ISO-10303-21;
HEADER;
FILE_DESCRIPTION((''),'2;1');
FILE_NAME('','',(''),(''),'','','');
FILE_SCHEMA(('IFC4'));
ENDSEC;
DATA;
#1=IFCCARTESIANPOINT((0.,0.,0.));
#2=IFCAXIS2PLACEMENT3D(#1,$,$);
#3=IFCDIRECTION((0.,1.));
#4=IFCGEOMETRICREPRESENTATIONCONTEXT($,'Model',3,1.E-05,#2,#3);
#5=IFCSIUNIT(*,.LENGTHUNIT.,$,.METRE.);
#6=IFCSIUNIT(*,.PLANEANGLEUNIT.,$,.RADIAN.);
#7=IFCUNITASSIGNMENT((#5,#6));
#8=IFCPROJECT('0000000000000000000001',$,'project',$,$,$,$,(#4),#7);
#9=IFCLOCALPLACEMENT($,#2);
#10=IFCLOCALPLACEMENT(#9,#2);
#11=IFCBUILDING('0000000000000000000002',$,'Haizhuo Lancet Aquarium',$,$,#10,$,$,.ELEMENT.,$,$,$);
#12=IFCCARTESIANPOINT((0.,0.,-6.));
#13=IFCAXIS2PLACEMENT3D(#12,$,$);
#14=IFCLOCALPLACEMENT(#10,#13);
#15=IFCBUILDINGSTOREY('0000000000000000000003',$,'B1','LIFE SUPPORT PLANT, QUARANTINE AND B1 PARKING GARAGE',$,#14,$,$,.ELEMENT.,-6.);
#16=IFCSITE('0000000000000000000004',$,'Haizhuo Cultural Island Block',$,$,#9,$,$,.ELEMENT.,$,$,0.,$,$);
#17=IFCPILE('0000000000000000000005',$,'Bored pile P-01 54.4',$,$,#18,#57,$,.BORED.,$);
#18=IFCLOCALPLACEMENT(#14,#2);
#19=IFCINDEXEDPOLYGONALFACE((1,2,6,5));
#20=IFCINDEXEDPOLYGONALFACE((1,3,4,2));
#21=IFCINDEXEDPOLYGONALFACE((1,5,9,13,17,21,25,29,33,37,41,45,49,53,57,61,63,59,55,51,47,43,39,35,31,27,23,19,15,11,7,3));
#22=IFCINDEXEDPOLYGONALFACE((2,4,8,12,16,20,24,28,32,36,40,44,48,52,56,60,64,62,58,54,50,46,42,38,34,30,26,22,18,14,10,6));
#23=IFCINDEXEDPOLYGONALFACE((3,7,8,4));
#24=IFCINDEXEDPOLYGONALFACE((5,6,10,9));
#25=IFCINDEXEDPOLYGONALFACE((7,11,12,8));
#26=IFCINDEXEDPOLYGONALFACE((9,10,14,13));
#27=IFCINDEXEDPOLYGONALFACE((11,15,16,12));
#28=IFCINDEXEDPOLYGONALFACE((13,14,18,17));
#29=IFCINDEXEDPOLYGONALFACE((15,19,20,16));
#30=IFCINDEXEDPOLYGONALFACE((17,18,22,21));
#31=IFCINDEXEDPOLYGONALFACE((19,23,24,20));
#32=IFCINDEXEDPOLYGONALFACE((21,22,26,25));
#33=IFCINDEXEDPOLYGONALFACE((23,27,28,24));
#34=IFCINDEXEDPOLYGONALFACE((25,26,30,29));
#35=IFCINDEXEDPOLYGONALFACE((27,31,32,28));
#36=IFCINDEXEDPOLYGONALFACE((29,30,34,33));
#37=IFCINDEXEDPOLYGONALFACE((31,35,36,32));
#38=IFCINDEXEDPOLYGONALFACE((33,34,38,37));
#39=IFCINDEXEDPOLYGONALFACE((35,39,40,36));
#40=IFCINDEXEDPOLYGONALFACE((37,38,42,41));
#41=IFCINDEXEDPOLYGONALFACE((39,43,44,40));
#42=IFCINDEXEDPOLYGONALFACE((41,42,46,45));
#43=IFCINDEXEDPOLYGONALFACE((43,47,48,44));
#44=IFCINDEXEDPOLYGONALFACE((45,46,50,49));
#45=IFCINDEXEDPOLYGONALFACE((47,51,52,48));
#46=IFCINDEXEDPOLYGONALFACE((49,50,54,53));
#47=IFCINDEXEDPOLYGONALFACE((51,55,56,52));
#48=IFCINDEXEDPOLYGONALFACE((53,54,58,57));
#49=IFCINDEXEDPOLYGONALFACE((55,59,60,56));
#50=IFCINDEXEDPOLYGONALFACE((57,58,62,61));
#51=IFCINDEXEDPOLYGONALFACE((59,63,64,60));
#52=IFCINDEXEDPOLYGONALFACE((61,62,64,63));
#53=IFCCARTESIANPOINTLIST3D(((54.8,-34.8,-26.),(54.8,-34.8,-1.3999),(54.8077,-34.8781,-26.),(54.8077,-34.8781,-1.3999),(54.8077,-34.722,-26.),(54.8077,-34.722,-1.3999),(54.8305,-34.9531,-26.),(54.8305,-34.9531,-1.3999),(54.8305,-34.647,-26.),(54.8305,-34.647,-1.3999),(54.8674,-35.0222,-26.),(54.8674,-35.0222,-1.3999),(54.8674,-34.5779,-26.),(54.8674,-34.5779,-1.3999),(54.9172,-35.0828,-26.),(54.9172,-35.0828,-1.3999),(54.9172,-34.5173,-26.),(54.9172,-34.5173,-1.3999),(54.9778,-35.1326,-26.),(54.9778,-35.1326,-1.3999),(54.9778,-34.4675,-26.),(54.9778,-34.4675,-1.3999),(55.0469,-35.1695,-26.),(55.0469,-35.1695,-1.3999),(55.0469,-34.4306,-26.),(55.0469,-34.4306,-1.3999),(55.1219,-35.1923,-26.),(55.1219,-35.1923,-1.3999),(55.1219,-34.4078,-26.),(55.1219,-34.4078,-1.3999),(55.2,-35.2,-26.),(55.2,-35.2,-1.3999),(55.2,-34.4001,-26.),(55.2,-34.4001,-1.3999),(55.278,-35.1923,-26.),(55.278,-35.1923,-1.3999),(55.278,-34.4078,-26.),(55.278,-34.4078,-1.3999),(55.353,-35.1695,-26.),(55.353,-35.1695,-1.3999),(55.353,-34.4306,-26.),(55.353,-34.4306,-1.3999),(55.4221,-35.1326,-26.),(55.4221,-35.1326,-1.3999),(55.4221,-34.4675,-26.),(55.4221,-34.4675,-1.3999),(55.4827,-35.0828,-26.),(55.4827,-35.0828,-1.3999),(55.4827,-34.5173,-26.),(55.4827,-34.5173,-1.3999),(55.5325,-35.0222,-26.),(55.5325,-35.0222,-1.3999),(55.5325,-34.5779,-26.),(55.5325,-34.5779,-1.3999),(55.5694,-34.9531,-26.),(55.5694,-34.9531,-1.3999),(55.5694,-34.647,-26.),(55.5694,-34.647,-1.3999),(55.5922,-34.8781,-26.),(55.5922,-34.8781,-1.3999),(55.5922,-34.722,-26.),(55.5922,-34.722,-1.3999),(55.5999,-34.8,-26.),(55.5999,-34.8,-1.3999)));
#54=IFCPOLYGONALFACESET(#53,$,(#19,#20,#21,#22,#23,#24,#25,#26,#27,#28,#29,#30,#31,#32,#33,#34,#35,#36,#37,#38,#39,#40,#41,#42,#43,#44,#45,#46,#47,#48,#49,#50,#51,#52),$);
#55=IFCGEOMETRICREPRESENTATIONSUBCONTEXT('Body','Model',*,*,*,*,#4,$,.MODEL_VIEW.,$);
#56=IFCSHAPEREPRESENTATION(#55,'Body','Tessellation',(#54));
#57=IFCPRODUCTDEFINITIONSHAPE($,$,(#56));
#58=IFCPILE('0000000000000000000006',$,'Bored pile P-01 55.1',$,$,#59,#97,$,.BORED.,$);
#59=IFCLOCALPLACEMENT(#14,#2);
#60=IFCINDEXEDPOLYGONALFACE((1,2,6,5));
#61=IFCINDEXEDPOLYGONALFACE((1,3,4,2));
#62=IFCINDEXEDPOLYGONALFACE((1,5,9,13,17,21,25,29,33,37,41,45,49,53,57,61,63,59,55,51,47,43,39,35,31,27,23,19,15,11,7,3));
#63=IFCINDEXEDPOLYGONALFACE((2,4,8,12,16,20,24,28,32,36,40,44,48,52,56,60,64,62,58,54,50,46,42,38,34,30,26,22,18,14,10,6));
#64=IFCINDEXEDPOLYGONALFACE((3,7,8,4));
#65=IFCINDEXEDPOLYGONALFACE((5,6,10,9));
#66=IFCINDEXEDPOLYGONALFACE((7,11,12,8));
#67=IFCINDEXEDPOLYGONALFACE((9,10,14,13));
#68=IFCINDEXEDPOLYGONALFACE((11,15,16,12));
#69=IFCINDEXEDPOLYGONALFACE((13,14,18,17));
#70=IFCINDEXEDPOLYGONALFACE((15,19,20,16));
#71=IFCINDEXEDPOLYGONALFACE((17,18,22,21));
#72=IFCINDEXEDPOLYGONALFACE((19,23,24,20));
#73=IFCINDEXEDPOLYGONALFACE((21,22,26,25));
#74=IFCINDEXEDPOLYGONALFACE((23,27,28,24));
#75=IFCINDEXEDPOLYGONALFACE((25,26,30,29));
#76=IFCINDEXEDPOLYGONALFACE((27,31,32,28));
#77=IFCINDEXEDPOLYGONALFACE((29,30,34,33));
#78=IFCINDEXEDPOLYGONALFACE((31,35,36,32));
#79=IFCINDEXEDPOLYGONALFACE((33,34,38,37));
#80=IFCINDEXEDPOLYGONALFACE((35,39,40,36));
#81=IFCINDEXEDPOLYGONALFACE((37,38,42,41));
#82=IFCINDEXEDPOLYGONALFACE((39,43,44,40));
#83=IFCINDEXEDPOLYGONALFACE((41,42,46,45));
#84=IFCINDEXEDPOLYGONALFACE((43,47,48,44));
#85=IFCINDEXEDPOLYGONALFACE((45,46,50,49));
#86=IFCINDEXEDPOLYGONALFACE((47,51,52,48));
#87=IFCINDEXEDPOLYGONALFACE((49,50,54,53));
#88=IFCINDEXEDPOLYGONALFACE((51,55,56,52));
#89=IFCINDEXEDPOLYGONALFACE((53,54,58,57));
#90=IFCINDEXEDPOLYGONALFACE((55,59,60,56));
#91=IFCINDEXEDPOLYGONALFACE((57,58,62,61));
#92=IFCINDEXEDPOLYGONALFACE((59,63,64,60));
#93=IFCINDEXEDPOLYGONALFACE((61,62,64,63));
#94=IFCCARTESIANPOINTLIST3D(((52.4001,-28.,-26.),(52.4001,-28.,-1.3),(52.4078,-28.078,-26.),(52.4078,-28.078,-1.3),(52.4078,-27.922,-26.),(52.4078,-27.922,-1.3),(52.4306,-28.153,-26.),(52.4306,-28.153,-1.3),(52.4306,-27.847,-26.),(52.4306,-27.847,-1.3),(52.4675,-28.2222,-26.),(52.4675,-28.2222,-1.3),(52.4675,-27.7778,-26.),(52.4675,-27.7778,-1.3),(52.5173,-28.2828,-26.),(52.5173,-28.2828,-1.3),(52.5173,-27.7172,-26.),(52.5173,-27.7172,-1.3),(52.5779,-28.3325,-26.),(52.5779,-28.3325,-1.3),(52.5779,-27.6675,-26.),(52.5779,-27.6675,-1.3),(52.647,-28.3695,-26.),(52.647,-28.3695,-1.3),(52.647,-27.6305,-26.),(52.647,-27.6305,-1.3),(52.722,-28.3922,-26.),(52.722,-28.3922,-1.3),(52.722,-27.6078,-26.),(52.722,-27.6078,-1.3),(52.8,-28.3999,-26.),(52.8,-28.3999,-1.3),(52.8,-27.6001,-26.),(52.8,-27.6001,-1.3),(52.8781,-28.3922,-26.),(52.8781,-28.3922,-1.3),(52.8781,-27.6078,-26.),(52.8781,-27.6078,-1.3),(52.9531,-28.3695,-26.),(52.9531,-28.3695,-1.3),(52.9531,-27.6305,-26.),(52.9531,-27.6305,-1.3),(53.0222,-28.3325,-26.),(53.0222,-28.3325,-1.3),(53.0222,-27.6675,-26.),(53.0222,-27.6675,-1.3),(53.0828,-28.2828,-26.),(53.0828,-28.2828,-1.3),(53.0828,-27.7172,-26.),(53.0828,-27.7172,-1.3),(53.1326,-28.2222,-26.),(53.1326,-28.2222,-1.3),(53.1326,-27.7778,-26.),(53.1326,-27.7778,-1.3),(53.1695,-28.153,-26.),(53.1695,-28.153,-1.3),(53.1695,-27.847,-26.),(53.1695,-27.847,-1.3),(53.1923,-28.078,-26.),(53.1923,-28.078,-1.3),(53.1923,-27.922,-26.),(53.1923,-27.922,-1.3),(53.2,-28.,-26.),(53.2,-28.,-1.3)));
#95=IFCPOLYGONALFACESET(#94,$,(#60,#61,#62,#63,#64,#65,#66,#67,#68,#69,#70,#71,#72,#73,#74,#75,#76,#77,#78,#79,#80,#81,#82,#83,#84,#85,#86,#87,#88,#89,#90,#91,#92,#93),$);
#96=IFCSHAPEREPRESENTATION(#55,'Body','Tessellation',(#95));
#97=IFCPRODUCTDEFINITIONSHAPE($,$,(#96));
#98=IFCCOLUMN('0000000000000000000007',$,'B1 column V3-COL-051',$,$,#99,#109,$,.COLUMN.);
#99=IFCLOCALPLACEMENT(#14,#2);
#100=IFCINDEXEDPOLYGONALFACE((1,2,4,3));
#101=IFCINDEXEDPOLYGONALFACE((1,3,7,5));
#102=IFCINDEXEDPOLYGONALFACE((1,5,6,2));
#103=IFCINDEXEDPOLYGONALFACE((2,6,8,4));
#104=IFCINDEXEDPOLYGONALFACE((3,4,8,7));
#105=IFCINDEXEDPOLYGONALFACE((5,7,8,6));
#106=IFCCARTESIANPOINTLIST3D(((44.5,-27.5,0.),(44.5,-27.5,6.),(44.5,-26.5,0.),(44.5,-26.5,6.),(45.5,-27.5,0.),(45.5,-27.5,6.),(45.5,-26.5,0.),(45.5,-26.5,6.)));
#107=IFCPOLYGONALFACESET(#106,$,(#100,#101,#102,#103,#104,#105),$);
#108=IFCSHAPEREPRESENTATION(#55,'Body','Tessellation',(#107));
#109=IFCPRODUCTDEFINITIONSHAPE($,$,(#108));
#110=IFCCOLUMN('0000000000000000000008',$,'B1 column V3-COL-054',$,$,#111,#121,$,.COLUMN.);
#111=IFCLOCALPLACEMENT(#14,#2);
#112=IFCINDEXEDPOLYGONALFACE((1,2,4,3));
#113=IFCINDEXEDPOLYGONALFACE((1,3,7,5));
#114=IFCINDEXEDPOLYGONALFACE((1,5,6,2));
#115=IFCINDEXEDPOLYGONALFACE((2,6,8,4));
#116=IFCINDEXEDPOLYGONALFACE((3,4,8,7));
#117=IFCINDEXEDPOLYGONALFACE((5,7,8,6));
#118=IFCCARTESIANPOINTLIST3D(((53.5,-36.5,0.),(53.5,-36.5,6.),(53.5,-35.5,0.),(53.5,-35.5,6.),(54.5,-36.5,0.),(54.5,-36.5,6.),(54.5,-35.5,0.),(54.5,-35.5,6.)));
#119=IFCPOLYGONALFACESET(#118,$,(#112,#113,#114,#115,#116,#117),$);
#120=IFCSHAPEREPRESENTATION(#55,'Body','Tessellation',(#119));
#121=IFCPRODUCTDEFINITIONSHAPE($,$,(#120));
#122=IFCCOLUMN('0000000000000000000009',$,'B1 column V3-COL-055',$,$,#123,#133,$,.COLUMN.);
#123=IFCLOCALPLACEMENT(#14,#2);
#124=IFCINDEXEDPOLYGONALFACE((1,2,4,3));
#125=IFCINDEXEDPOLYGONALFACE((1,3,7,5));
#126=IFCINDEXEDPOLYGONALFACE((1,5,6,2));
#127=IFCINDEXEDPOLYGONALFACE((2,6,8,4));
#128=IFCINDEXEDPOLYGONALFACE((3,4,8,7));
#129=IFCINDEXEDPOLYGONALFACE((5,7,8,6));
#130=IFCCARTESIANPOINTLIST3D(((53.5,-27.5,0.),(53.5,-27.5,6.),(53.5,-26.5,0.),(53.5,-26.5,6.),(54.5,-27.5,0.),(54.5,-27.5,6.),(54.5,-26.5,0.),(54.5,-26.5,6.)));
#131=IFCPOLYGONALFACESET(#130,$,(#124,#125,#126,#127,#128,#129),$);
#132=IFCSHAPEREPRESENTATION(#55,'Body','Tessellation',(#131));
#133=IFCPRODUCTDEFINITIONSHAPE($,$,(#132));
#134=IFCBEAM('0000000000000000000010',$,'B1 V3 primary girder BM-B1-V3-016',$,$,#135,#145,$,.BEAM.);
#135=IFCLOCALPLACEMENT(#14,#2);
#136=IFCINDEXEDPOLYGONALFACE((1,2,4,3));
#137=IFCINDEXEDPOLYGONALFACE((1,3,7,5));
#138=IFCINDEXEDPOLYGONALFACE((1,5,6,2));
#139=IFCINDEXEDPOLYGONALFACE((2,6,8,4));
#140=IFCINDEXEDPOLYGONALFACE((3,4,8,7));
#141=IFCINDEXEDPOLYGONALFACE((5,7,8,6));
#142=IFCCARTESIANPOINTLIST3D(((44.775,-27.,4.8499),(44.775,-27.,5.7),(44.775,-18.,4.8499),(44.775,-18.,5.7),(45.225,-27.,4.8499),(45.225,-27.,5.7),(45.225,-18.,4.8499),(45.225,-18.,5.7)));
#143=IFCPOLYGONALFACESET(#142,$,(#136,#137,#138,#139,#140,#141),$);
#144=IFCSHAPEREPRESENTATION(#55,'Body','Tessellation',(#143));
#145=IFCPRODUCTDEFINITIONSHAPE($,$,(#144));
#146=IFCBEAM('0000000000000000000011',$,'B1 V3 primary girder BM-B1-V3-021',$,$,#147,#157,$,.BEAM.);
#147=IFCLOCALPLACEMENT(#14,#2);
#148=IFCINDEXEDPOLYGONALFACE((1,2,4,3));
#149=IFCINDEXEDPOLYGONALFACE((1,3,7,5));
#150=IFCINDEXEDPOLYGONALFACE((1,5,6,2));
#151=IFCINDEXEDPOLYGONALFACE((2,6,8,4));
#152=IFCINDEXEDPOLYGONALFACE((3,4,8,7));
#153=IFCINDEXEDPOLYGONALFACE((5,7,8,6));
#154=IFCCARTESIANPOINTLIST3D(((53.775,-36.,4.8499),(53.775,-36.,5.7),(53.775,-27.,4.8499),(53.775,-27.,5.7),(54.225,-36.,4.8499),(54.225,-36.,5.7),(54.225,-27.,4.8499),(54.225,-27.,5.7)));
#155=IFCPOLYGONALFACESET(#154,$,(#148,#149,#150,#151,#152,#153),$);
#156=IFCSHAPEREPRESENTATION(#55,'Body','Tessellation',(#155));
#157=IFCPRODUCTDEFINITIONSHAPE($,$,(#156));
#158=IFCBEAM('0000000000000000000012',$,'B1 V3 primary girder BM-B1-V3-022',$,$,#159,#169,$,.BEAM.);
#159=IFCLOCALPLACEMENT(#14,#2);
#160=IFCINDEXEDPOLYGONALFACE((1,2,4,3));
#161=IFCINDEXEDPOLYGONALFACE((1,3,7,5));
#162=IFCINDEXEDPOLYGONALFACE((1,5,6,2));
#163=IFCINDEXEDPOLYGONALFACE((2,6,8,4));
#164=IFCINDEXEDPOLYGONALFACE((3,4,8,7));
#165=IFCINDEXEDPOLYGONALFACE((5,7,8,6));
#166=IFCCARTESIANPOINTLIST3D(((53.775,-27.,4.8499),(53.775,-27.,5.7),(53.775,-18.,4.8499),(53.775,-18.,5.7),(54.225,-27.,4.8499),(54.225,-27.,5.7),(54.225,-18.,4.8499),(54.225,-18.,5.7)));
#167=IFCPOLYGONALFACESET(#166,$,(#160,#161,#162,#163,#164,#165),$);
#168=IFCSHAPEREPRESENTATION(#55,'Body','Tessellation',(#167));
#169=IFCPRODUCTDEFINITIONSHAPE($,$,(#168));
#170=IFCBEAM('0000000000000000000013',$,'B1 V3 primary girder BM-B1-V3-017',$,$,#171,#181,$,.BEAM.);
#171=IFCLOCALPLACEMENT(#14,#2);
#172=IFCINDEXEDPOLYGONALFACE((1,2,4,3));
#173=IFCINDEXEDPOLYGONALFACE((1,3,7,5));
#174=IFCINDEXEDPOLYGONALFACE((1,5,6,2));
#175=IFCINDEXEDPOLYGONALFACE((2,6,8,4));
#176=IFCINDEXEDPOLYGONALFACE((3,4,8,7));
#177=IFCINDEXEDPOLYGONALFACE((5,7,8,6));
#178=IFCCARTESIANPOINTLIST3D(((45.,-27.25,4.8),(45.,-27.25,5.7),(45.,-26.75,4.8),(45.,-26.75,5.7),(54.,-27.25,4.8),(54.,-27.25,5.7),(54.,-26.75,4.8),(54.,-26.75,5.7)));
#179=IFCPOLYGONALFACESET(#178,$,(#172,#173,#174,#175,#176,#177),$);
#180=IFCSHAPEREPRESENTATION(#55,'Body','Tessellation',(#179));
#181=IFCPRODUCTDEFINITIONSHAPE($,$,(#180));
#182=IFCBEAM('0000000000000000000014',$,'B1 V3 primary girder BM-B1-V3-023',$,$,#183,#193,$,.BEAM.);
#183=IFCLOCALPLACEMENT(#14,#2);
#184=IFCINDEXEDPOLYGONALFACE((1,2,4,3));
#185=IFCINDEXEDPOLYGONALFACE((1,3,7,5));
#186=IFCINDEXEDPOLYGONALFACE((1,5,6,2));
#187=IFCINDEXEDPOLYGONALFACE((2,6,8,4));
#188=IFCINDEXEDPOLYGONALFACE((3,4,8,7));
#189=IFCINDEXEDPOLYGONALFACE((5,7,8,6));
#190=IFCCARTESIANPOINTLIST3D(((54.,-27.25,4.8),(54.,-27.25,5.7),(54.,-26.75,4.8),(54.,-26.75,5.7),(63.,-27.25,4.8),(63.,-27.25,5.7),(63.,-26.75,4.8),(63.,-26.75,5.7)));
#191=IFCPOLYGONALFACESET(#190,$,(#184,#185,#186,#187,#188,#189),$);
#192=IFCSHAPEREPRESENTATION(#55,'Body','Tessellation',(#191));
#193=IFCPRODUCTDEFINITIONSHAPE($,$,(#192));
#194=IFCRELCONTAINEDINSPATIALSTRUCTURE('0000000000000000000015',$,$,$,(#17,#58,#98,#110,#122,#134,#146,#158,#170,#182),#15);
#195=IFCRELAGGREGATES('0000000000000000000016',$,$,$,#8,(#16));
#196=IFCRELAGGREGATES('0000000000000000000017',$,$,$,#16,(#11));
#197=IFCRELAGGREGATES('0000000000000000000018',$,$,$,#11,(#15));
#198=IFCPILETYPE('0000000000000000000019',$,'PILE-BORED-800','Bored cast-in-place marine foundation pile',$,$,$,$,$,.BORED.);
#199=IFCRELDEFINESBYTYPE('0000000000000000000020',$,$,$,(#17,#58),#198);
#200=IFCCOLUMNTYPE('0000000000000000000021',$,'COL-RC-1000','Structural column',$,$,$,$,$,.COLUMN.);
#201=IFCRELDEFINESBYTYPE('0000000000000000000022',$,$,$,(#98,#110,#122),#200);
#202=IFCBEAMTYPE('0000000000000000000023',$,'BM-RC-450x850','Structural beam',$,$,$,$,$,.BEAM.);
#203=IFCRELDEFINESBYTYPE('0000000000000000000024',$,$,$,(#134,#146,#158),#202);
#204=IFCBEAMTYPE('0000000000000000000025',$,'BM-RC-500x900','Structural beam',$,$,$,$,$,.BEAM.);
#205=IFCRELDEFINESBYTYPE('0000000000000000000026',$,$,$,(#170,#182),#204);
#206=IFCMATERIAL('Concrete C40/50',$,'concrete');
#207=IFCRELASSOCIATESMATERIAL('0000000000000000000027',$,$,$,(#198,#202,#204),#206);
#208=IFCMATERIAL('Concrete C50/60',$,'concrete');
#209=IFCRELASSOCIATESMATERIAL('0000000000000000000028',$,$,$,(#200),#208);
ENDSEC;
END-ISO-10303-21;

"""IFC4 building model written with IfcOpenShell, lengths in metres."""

from ifc_helpers import new_model, si_unit, direction, frame, origin, origin_2d, place, context, subcontext, project, spatial, rectangle, circle, extrude, material, material_profile, profile_set, type_object, element, save


model = new_model("IFC4")

# Units and contexts
model_context = context("Model", 3, precision=1e-05, world=origin(), true_north=direction((0.0, 1.0)))
body_context = subcontext(model_context, "Body", "Model", "MODEL_VIEW")
ifc_project = project(units=[si_unit("LENGTHUNIT", "METRE"), si_unit("PLANEANGLEUNIT", "RADIAN")], contexts=[model_context])

# Site, building, storey
site_placement = place(None, origin())
site = spatial("IfcSite", under=ifc_project, at=site_placement, Name="Haizhuo Cultural Island Block", CompositionType="ELEMENT", RefElevation=0.0)
building_placement = place(site_placement, origin())
building = spatial("IfcBuilding", under=site, at=building_placement, Name="Haizhuo Lancet Aquarium", CompositionType="ELEMENT")
storey_placement = place(building_placement, frame((0.0, 0.0, -6.0)))
storey = spatial("IfcBuildingStorey", under=building, at=storey_placement, Name="B1", Description="LIFE SUPPORT PLANT, QUARANTINE AND B1 PARKING GARAGE", CompositionType="ELEMENT", Elevation=-6.0)

# Shared definitions
ifc_material_1 = material(Name="Concrete C40/50", Category="concrete")

# Piles
ifc_material_profile_1 = material_profile(ifc_material_1, circle(Radius=0.3999, at=origin_2d()), Name="PILE-800")
ifc_profile_set_1 = profile_set([ifc_material_profile_1], Name="Concrete C40/50")
pile_type = type_object("IfcPileType", Name="PILE-BORED-800", Description="Bored cast-in-place marine foundation pile", PredefinedType="BORED", material=ifc_profile_set_1)
for number, where, z_axis, x_axis, name in (
    (1, (55.2, -34.8, -1.3999), (0.0, 0.0, -1.0), (1.0, 0.0, 0.0), "Bored pile P-01 54.4"),
):
    element("IfcPile", number, at=place(storey_placement, frame(where, z_axis=z_axis, x_axis=x_axis)), inside=storey, type_object=pile_type, Name=name, PredefinedType="BORED", context=body_context, shape_type="SweptSolid", body=[
        extrude(circle(Radius=0.3999, at=origin_2d()), origin(), (0.0, 0.0, 1.0), 24.6001),
    ])
pile_placement = place(storey_placement, frame((52.8, -28.0, -1.3), z_axis=(0.0, 0.0, -1.0), x_axis=(1.0, 0.0, 0.0)))
element("IfcPile", 2, at=pile_placement, inside=storey, type_object=pile_type, Name="Bored pile P-01 55.1", PredefinedType="BORED", context=body_context, shape_type="SweptSolid", body=[
    extrude(circle(Radius=0.3999, at=origin_2d()), origin(), (0.0, 0.0, 1.0), 24.7),
])

# Columns
ifc_material_2 = material(Name="Concrete C50/60", Category="concrete")
ifc_material_profile_2 = material_profile(ifc_material_2, rectangle(XDim=1.0, YDim=1.0, at=origin_2d()), Name="RC-COL 1000x1000")
ifc_profile_set_2 = profile_set([ifc_material_profile_2], Name="Concrete C50/60")
column_type = type_object("IfcColumnType", Name="COL-RC-1000", Description="Structural column", PredefinedType="COLUMN", material=ifc_profile_set_2)
for number, where, z_axis, x_axis, name in (
    (3, (45.0, -27.0, 0.0), (0.0, 0.0, 1.0), (1.0, 0.0, 0.0), "B1 column V3-COL-051"),
    (4, (54.0, -36.0, 0.0), (0.0, 0.0, 1.0), (1.0, 0.0, 0.0), "B1 column V3-COL-054"),
    (5, (54.0, -27.0, 0.0), (0.0, 0.0, 1.0), (1.0, 0.0, 0.0), "B1 column V3-COL-055"),
):
    element("IfcColumn", number, at=place(storey_placement, frame(where, z_axis=z_axis, x_axis=x_axis)), inside=storey, type_object=column_type, Name=name, PredefinedType="COLUMN", context=body_context, shape_type="SweptSolid", body=[
        extrude(rectangle(XDim=1.0, YDim=1.0, at=origin_2d()), origin(), (0.0, 0.0, 1.0), 6.0),
    ])

# Beams
ifc_material_profile_3 = material_profile(ifc_material_1, rectangle(XDim=0.45, YDim=0.8501, at=origin_2d()), Name="RC-BM 450x850")
ifc_profile_set_3 = profile_set([ifc_material_profile_3], Name="Concrete C40/50")
beam_type_1 = type_object("IfcBeamType", Name="BM-RC-450x850", Description="Structural beam", PredefinedType="BEAM", material=ifc_profile_set_3)
for number, where, z_axis, x_axis, name in (
    (6, (45.0, -27.0, 5.2749), (0.0, 1.0, 0.0), (-1.0, 0.0, 0.0), "B1 V3 primary girder BM-B1-V3-016"),
    (7, (54.0, -36.0, 5.2749), (0.0, 1.0, 0.0), (-1.0, 0.0, 0.0), "B1 V3 primary girder BM-B1-V3-021"),
    (8, (54.0, -27.0, 5.2749), (0.0, 1.0, 0.0), (-1.0, 0.0, 0.0), "B1 V3 primary girder BM-B1-V3-022"),
):
    element("IfcBeam", number, at=place(storey_placement, frame(where, z_axis=z_axis, x_axis=x_axis)), inside=storey, type_object=beam_type_1, Name=name, PredefinedType="BEAM", context=body_context, shape_type="SweptSolid", body=[
        extrude(rectangle(XDim=0.45, YDim=0.8501, at=origin_2d()), origin(), (0.0, 0.0, 1.0), 9.0),
    ])
ifc_material_profile_4 = material_profile(ifc_material_1, rectangle(XDim=0.5, YDim=0.8999, at=origin_2d()), Name="RC-BM 500x900")
ifc_profile_set_4 = profile_set([ifc_material_profile_4], Name="Concrete C40/50")
beam_type_2 = type_object("IfcBeamType", Name="BM-RC-500x900", Description="Structural beam", PredefinedType="BEAM", material=ifc_profile_set_4)
for number, where, z_axis, x_axis, name in (
    (9, (45.0, -27.0, 5.25), (1.0, 0.0, 0.0), (0.0, 1.0, 0.0), "B1 V3 primary girder BM-B1-V3-017"),
    (10, (54.0, -27.0, 5.25), (1.0, 0.0, 0.0), (0.0, 1.0, 0.0), "B1 V3 primary girder BM-B1-V3-023"),
):
    element("IfcBeam", number, at=place(storey_placement, frame(where, z_axis=z_axis, x_axis=x_axis)), inside=storey, type_object=beam_type_2, Name=name, PredefinedType="BEAM", context=body_context, shape_type="SweptSolid", body=[
        extrude(rectangle(XDim=0.5, YDim=0.8999, at=origin_2d()), origin(), (0.0, 0.0, 1.0), 9.0),
    ])

save(model, "model.ifc")
